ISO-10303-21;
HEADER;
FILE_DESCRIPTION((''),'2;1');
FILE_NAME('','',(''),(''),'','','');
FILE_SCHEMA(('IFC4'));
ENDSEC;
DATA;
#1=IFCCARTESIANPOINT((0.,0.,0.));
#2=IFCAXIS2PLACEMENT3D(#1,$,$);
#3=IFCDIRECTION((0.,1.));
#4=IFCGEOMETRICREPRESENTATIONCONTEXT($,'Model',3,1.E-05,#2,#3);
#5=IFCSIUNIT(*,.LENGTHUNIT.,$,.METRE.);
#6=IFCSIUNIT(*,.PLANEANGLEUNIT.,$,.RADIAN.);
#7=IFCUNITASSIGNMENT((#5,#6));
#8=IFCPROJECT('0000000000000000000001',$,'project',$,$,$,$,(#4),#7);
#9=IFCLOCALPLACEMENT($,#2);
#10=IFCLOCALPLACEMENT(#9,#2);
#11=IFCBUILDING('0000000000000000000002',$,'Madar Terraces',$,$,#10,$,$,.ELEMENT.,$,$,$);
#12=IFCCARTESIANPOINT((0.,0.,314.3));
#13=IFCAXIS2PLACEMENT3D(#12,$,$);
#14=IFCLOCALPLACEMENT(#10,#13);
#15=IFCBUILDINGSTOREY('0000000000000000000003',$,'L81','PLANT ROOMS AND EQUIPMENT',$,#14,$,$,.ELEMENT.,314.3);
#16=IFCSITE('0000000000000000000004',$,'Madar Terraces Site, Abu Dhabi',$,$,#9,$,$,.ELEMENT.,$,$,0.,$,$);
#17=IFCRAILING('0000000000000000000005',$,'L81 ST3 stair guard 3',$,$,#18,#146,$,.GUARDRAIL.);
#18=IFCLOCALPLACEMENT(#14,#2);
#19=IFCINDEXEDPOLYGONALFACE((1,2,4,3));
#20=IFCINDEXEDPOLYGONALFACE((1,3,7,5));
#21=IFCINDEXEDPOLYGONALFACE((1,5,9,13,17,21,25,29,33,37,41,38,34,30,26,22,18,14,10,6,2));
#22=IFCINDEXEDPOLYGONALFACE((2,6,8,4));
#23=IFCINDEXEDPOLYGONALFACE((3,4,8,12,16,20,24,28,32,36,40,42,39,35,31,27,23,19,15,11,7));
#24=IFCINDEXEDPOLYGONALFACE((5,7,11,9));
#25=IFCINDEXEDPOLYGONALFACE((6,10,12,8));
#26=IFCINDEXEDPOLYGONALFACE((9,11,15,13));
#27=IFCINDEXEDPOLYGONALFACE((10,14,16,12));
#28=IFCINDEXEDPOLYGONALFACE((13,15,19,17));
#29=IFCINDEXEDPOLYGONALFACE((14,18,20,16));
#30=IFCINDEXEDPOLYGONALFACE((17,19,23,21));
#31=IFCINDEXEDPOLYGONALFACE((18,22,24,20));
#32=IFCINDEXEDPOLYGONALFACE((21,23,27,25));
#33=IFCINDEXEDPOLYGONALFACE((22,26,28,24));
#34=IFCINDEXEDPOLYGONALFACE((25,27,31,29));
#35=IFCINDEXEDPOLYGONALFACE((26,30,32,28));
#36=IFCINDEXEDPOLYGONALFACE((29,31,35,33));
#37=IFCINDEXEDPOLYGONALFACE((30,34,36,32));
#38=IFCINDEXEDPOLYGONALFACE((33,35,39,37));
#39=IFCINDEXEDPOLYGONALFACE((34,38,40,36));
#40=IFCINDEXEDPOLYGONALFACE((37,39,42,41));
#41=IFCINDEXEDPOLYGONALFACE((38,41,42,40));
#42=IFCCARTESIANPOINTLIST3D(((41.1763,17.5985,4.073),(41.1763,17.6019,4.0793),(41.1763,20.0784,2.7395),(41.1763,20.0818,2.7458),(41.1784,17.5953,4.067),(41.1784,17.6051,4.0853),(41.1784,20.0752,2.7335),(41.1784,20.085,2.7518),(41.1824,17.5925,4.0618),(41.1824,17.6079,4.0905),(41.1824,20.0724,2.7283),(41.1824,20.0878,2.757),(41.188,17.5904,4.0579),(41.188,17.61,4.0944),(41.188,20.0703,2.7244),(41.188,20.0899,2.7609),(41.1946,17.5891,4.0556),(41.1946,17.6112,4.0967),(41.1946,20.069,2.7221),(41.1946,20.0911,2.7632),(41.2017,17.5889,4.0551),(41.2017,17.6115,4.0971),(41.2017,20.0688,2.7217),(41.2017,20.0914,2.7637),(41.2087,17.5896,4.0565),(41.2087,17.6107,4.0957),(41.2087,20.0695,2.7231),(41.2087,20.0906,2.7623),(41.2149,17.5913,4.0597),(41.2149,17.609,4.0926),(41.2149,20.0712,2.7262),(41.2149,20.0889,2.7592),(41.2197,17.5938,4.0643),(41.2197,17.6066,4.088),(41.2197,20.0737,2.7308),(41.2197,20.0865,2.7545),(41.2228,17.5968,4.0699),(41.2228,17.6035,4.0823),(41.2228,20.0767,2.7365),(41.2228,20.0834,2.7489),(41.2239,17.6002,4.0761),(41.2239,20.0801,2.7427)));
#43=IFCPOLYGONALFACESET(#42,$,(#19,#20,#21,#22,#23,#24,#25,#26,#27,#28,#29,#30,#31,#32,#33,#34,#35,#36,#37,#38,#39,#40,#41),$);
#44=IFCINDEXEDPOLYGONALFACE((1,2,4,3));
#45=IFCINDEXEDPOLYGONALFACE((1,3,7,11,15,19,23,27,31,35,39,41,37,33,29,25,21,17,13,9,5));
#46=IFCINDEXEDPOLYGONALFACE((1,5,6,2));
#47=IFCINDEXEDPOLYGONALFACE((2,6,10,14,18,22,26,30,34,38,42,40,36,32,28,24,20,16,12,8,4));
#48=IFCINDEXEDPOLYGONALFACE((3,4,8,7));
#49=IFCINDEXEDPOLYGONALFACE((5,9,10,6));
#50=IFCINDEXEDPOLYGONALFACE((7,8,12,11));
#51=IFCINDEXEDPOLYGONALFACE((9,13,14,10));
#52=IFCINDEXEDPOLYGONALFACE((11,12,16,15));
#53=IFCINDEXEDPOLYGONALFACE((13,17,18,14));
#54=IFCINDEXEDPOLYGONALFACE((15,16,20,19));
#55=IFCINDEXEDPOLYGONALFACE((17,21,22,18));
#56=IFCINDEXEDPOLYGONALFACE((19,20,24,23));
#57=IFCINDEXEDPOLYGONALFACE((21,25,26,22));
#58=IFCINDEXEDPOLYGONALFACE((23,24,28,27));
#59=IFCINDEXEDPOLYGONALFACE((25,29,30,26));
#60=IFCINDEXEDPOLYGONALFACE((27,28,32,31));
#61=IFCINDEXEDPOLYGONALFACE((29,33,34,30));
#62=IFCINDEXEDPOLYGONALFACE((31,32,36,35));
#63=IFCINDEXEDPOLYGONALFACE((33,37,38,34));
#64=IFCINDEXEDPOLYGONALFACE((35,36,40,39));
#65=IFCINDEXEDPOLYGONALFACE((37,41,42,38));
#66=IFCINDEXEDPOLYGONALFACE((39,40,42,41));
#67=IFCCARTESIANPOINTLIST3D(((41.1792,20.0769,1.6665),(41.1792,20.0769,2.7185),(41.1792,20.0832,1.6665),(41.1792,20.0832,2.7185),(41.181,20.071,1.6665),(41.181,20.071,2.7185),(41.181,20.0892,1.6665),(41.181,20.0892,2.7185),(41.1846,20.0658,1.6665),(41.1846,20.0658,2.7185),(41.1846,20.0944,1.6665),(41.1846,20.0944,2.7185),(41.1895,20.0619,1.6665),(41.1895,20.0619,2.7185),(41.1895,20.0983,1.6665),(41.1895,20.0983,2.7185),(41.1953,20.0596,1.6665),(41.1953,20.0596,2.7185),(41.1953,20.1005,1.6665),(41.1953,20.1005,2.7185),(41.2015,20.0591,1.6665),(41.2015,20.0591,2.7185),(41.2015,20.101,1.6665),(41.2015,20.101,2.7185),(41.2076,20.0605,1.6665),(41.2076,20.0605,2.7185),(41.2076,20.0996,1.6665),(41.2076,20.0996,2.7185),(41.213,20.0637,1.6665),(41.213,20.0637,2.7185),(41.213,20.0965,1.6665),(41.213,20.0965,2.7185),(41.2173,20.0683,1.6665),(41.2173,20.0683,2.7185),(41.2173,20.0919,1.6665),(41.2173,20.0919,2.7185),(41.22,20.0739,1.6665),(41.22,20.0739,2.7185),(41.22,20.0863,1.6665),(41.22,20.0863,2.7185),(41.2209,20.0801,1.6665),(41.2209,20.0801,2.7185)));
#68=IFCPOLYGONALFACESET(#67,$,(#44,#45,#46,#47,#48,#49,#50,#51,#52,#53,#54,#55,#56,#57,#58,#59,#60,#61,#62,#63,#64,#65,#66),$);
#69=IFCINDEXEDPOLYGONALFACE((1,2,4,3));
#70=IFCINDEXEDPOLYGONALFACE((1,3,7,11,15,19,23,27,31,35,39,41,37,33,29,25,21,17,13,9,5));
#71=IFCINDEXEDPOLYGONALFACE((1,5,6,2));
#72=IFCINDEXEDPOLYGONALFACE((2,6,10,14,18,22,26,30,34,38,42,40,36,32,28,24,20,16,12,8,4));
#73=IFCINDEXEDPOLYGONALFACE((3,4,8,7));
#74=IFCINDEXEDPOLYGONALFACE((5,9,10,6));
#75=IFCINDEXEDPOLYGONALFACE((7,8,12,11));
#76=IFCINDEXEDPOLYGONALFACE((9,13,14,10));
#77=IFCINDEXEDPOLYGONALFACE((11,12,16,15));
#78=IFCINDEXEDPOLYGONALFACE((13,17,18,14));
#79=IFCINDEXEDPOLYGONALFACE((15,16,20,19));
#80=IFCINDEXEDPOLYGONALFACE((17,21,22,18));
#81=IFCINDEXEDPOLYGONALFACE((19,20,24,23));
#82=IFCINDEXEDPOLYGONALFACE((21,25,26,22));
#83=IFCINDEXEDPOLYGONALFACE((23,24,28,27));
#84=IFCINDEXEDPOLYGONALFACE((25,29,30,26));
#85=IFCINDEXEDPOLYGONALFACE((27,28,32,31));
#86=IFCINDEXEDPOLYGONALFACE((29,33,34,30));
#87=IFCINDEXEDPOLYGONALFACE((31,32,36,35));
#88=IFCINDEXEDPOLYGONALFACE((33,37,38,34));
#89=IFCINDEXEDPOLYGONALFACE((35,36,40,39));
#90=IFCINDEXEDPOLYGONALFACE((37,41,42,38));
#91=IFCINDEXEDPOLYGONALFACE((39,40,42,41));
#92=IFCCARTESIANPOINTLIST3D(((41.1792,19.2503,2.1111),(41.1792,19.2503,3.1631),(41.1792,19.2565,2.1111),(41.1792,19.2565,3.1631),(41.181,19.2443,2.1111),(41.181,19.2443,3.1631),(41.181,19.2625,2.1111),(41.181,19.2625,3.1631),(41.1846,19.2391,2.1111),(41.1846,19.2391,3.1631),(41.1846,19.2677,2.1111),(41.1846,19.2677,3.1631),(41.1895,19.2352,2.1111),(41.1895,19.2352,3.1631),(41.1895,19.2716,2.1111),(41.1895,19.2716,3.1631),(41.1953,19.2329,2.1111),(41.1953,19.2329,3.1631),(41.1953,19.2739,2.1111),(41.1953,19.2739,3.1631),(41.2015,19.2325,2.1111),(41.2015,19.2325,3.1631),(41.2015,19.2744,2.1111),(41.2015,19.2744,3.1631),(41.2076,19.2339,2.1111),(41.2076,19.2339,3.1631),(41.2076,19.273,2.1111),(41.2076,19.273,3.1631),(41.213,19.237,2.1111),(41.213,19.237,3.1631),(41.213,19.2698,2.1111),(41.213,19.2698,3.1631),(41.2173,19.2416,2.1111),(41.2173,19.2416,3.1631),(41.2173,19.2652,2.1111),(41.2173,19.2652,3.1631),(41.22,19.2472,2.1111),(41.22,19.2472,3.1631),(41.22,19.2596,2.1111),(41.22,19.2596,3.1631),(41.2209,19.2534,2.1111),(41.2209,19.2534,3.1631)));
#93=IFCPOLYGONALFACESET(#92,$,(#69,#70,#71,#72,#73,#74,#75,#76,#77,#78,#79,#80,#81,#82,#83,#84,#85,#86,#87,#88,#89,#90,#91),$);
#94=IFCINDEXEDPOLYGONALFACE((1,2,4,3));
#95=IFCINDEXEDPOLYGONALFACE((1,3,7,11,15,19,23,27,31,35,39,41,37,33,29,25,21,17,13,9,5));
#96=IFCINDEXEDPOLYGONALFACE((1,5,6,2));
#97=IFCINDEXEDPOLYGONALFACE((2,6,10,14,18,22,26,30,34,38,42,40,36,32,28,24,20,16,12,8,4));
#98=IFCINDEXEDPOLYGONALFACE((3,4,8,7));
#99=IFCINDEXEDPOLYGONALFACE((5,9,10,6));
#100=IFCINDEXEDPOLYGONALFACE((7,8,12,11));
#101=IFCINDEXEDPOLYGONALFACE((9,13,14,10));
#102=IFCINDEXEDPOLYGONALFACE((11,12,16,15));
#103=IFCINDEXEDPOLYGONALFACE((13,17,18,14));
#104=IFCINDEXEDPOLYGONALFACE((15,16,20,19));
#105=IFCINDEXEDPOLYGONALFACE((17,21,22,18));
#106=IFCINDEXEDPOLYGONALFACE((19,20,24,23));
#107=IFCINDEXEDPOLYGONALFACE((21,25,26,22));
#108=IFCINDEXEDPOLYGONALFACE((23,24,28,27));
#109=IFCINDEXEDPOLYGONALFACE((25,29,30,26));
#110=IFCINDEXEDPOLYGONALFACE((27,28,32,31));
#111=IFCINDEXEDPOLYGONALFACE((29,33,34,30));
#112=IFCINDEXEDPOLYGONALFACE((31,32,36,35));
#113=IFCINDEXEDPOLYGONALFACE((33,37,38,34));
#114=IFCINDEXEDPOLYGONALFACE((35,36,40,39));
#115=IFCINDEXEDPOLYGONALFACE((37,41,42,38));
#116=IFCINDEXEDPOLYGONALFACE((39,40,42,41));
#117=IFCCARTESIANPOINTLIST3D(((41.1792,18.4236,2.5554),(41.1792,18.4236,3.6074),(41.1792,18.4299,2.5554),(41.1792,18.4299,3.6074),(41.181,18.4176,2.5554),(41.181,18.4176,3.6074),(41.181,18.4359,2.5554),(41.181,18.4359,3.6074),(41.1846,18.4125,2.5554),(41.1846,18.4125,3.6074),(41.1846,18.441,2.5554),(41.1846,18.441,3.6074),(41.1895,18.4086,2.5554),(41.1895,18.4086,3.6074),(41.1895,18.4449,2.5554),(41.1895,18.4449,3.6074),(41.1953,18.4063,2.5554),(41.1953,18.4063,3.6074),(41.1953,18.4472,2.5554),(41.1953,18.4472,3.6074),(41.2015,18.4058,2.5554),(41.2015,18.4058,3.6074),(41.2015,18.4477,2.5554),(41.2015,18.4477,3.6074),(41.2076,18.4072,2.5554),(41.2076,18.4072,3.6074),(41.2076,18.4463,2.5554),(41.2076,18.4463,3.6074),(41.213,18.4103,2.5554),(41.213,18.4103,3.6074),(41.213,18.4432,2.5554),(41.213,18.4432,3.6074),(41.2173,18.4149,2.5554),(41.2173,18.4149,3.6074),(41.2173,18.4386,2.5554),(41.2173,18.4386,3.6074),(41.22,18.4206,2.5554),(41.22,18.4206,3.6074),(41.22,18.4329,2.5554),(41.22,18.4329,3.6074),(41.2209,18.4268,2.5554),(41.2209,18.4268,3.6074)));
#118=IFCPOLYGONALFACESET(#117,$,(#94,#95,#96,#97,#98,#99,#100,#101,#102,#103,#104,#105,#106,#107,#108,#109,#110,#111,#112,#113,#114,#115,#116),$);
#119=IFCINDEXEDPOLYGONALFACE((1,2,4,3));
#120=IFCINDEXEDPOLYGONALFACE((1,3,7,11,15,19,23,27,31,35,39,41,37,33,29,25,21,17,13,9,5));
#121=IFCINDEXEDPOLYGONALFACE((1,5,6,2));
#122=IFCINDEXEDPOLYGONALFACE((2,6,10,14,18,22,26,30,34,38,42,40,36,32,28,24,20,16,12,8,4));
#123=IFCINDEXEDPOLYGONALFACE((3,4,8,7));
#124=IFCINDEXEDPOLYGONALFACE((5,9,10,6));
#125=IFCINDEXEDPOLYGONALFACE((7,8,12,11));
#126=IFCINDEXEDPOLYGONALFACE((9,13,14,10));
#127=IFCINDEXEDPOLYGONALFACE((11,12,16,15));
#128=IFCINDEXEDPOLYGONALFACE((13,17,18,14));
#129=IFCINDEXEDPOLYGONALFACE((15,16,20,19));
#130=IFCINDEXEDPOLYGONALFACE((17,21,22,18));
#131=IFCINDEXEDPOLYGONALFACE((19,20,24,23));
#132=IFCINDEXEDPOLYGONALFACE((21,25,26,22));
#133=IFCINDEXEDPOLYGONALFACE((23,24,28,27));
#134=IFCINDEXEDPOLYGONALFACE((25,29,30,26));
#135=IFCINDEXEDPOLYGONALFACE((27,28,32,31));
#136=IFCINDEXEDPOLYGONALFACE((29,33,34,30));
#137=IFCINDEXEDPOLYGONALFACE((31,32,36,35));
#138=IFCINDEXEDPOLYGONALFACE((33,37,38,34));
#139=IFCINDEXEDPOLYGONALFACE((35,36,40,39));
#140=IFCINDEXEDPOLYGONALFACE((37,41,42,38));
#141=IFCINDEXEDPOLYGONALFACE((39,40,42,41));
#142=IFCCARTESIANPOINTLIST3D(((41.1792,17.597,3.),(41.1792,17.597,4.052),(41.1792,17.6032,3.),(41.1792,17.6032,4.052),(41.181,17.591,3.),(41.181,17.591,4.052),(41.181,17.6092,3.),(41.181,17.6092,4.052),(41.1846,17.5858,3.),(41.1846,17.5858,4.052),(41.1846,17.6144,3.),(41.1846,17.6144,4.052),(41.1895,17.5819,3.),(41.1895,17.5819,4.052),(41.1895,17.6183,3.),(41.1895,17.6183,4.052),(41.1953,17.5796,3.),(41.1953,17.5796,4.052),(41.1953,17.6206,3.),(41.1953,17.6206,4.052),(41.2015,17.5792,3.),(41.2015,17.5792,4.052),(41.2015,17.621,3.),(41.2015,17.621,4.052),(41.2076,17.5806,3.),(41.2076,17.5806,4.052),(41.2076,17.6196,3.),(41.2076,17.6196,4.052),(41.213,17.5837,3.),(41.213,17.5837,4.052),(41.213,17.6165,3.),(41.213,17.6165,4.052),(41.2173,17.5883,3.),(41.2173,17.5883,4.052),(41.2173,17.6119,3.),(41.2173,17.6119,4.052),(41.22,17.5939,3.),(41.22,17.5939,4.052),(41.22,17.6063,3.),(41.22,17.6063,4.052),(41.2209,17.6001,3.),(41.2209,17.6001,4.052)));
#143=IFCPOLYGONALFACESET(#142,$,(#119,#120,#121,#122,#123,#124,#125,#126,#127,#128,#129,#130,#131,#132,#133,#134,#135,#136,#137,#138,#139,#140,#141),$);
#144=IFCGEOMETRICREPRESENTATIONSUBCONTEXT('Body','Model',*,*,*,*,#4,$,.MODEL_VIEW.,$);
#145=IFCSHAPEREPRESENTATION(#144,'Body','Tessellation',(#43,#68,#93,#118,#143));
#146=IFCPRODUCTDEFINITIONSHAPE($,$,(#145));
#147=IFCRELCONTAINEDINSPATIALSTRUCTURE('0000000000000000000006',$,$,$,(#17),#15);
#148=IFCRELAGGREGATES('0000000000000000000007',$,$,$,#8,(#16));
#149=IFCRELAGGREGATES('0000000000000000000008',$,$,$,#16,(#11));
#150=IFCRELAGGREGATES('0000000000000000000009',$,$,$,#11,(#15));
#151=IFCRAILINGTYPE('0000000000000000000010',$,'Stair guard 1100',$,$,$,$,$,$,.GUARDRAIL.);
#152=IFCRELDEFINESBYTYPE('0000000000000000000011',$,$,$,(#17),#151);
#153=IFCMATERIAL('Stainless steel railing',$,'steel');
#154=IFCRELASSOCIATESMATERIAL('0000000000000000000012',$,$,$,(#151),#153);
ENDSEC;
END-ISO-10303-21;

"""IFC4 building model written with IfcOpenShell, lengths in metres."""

from ifc_helpers import new_model, si_unit, direction, frame, origin, origin_2d, place, context, subcontext, project, spatial, circle, extrude, material, type_object, element, save


model = new_model("IFC4")

# Units and contexts
model_context = context("Model", 3, precision=1e-05, world=origin(), true_north=direction((0.0, 1.0)))
body_context = subcontext(model_context, "Body", "Model", "MODEL_VIEW")
ifc_project = project(units=[si_unit("LENGTHUNIT", "METRE"), si_unit("PLANEANGLEUNIT", "RADIAN")], contexts=[model_context])

# Site, building, storey
site_placement = place(None, origin())
site = spatial("IfcSite", under=ifc_project, at=site_placement, Name="Madar Terraces Site, Abu Dhabi", CompositionType="ELEMENT", RefElevation=0.0)
building_placement = place(site_placement, origin())
building = spatial("IfcBuilding", under=site, at=building_placement, Name="Madar Terraces", CompositionType="ELEMENT")
storey_placement = place(building_placement, frame((0.0, 0.0, 314.3)))
storey = spatial("IfcBuildingStorey", under=building, at=storey_placement, Name="L81", Description="PLANT ROOMS AND EQUIPMENT", CompositionType="ELEMENT", Elevation=314.3)

# Railing
ifc_material_1 = material(Name="Stainless steel railing", Category="steel")
railing_type_1 = type_object("IfcRailingType", Name="Stair guard 1100", PredefinedType="GUARDRAIL", material=ifc_material_1)
railing_1_placement = place(storey_placement, frame((41.2, 20.0801, 1.6665)))
element("IfcRailing", 1, at=railing_1_placement, inside=storey, type_object=railing_type_1, Name="L81 ST3 stair guard 3", PredefinedType="GUARDRAIL", context=body_context, shape_type="SweptSolid", body=[
    extrude(circle(Radius=0.0239, at=origin_2d()), frame((0.0, 0.0, 1.0762), z_axis=(0.0, -0.880749, 0.473583), x_axis=(1.0, 0.0, 0.0)), (0.0, 0.0, 1.0), 2.8157),
    extrude(circle(Radius=0.021, at=origin_2d()), origin(), (0.0, 0.0, 1.0), 1.052),
    extrude(circle(Radius=0.021, at=origin_2d()), frame((0.0, -0.8267, 0.4446)), (0.0, 0.0, 1.0), 1.052),
    extrude(circle(Radius=0.021, at=origin_2d()), frame((0.0, -1.6533, 0.8889)), (0.0, 0.0, 1.0), 1.052),
    extrude(circle(Radius=0.021, at=origin_2d()), frame((0.0, -2.48, 1.3335)), (0.0, 0.0, 1.0), 1.052),
])

save(model, "model.ifc")
